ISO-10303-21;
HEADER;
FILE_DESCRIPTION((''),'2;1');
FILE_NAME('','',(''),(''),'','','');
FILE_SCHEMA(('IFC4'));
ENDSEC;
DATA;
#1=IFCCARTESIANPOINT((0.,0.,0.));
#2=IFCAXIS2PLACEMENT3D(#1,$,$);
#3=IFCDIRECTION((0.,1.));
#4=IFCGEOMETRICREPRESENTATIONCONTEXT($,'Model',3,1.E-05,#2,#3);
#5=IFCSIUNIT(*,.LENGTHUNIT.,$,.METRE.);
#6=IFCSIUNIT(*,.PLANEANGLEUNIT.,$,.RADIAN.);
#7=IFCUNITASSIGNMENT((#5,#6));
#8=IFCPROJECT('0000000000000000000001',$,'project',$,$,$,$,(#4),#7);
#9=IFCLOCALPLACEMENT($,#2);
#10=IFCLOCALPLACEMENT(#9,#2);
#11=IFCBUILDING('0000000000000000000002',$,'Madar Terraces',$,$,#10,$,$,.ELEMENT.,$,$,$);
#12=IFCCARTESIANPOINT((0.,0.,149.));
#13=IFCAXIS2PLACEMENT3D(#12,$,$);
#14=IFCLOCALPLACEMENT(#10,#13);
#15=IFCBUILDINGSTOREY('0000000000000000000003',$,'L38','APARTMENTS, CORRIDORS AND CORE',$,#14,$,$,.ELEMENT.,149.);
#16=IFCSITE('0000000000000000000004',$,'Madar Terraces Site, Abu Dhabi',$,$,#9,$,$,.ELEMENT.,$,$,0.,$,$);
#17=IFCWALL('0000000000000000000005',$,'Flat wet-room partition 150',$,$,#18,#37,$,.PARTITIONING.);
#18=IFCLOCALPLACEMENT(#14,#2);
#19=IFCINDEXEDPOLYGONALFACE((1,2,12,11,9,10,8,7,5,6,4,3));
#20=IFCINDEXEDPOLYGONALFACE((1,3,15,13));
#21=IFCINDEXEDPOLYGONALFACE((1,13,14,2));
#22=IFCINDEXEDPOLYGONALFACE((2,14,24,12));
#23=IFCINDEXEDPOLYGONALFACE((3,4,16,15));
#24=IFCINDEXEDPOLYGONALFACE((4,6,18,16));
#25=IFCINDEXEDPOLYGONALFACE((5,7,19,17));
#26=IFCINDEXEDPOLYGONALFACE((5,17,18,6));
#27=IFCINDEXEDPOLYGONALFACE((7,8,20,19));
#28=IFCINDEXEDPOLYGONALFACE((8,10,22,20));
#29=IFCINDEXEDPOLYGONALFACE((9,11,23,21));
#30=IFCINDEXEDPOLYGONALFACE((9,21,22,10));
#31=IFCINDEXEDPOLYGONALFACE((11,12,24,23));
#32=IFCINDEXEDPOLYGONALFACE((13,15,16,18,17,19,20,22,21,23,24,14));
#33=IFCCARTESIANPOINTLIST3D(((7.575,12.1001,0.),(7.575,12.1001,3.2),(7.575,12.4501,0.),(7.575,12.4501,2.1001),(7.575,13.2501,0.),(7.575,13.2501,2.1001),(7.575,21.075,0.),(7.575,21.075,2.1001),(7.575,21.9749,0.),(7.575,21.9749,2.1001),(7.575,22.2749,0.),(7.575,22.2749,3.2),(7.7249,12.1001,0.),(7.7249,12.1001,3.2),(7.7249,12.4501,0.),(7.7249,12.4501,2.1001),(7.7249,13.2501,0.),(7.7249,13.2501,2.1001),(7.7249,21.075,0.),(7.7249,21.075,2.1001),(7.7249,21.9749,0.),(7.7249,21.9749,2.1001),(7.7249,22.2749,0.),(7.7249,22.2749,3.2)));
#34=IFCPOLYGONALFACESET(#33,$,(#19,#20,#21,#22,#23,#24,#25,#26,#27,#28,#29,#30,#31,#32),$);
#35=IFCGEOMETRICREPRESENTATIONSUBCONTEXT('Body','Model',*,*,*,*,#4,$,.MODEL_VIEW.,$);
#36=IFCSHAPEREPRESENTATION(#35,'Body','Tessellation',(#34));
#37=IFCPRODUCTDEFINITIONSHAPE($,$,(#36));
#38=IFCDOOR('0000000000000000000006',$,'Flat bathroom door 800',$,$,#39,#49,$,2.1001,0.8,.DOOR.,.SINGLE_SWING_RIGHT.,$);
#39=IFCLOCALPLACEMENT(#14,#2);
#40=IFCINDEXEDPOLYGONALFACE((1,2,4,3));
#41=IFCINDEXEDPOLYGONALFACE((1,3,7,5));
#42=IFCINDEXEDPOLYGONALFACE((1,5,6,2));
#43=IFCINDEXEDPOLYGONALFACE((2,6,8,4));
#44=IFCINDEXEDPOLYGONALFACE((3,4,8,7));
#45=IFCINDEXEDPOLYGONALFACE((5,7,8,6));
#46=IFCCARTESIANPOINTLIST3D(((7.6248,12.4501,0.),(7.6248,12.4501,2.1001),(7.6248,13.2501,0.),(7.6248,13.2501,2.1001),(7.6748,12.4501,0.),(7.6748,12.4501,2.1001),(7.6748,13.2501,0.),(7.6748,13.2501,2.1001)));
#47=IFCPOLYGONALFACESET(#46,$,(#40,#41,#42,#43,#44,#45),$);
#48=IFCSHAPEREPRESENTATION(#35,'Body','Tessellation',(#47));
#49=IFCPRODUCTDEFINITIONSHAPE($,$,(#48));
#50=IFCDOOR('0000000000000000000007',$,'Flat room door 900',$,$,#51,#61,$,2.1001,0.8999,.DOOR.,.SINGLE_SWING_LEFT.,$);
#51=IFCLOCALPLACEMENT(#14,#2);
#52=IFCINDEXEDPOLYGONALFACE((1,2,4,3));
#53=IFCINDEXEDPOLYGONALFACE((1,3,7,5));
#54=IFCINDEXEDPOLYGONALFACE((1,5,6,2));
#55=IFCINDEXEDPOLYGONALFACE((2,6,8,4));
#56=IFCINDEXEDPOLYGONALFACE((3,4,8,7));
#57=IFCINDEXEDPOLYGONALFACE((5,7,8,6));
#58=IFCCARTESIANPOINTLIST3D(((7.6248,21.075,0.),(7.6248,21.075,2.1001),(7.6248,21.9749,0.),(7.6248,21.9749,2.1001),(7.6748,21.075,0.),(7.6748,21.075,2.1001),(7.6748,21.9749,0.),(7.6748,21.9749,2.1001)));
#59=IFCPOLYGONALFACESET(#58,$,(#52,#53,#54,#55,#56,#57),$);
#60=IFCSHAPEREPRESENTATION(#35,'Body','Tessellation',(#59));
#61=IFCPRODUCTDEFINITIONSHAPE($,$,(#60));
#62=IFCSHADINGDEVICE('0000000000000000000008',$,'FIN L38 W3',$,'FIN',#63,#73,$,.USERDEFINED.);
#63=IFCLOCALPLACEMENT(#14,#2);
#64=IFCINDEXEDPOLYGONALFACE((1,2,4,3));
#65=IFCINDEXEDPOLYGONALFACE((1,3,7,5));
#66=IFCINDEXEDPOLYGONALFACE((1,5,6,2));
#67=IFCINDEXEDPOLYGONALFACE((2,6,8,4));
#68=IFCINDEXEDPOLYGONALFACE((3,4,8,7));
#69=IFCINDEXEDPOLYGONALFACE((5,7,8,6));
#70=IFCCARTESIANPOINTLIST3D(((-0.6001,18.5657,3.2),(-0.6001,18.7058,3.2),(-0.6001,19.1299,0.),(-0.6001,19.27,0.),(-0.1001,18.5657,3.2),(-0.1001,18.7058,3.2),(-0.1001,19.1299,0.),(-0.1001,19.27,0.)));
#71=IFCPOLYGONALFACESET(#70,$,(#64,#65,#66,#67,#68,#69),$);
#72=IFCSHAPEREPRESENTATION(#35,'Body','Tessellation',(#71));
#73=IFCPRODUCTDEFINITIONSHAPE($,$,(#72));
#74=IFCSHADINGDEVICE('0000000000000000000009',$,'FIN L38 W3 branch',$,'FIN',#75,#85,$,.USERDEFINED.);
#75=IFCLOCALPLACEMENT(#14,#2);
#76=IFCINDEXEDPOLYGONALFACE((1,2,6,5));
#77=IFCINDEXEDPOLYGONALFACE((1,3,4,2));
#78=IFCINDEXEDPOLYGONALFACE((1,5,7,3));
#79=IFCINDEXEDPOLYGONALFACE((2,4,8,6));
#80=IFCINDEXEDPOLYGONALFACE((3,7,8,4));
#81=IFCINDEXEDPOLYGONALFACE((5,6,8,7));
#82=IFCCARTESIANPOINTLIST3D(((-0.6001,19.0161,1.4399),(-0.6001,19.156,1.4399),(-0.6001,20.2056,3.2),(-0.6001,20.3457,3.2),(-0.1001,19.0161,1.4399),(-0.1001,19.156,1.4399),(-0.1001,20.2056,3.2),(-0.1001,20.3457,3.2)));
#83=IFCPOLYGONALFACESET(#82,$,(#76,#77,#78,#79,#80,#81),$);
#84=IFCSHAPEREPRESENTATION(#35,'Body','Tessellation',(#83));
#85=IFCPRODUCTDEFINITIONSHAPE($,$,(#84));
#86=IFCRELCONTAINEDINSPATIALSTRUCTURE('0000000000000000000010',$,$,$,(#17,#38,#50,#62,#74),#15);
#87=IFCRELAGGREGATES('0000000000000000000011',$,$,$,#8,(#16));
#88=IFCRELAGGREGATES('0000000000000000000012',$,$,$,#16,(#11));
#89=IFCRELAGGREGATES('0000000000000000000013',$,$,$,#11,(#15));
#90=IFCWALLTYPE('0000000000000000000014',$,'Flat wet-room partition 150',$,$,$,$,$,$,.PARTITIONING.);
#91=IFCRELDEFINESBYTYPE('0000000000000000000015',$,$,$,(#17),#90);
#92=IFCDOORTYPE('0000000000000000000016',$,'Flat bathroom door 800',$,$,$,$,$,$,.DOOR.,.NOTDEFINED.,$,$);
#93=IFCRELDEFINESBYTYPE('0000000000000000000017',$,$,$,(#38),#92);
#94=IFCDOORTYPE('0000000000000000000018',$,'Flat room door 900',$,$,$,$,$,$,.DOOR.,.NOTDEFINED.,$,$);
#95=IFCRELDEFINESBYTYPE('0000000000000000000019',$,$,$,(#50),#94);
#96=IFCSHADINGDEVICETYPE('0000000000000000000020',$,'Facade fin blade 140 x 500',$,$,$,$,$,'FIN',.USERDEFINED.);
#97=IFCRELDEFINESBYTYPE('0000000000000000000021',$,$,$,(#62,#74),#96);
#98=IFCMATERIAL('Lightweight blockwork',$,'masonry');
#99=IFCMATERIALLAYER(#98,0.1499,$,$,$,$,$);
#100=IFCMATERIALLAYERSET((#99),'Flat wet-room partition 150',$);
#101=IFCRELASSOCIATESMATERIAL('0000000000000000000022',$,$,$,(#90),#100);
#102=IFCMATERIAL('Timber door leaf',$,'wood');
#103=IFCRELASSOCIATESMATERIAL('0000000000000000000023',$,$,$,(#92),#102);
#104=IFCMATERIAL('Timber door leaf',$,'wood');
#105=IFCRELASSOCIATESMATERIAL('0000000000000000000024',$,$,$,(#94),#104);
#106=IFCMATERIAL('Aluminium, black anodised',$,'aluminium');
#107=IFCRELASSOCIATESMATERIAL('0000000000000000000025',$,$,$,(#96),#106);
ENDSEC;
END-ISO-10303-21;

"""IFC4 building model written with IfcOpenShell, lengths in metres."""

from ifc_helpers import new_model, si_unit, direction, frame, frame_2d, origin, place, context, subcontext, project, spatial, polyline, rectangle, outline, extrude, material, layer, layer_set, type_object, element, fill, save


model = new_model("IFC4")

# Units and contexts
model_context = context("Model", 3, precision=1e-05, world=origin(), true_north=direction((0.0, 1.0)))
body_context = subcontext(model_context, "Body", "Model", "MODEL_VIEW")
ifc_project = project(units=[si_unit("LENGTHUNIT", "METRE"), si_unit("PLANEANGLEUNIT", "RADIAN")], contexts=[model_context])

# Site, building, storey
site_placement = place(None, origin())
site = spatial("IfcSite", under=ifc_project, at=site_placement, Name="Madar Terraces Site, Abu Dhabi", CompositionType="ELEMENT", RefElevation=0.0)
building_placement = place(site_placement, origin())
building = spatial("IfcBuilding", under=site, at=building_placement, Name="Madar Terraces", CompositionType="ELEMENT")
storey_placement = place(building_placement, frame((0.0, 0.0, 149.0)))
storey = spatial("IfcBuildingStorey", under=building, at=storey_placement, Name="L38", Description="APARTMENTS, CORRIDORS AND CORE", CompositionType="ELEMENT", Elevation=149.0)

# Shared definitions
ifc_material_1 = material(Name="Lightweight blockwork", Category="masonry")
ifc_layer_1 = layer(ifc_material_1, 0.1499)
ifc_layer_set_1 = layer_set([ifc_layer_1], Name="Flat wet-room partition 150")
wall_type_1 = type_object("IfcWallType", Name="Flat wet-room partition 150", PredefinedType="PARTITIONING", material=ifc_layer_set_1)

# Wall, openings, doors
wall_1_placement = place(storey_placement, frame((7.6499, 22.2749, 0.0), z_axis=(0.0, 0.0, 1.0), x_axis=(0.0, -1.0, 0.0)))
wall_1 = element("IfcWall", 1, at=wall_1_placement, inside=storey, type_object=wall_type_1, Name="Flat wet-room partition 150", PredefinedType="PARTITIONING", context=body_context, shape_type="SweptSolid", body=[
    extrude(rectangle(XDim=10.1748, YDim=0.1499, at=frame_2d((5.0874, 0.0))), origin(), (0.0, 0.0, 1.0), 3.2),
])
opening_1_placement = place(wall_1_placement, frame((0.3, 0.0, 0.0)))
opening_1 = element("IfcOpeningElement", 2, at=opening_1_placement, cuts=wall_1, PredefinedType="OPENING", context=body_context, shape_type="SweptSolid", body=[
    extrude(rectangle(XDim=0.8999, YDim=2.1001, at=frame_2d((0.45, 1.05))), frame((0.0, 0.085, 0.0), z_axis=(0.0, -1.0, 0.0), x_axis=(1.0, 0.0, 0.0)), (0.0, 0.0, 1.0), 0.1699),
])
opening_2_placement = place(wall_1_placement, frame((9.0249, 0.0, 0.0)))
opening_2 = element("IfcOpeningElement", 3, at=opening_2_placement, cuts=wall_1, PredefinedType="OPENING", context=body_context, shape_type="SweptSolid", body=[
    extrude(rectangle(XDim=0.8, YDim=2.1001, at=frame_2d((0.3999, 1.05))), frame((0.0, 0.085, 0.0), z_axis=(0.0, -1.0, 0.0), x_axis=(1.0, 0.0, 0.0)), (0.0, 0.0, 1.0), 0.1699),
])
ifc_material_2 = material(Name="Timber door leaf", Category="wood")
door_type_1 = type_object("IfcDoorType", Name="Flat bathroom door 800", OperationType="NOTDEFINED", PredefinedType="DOOR", material=ifc_material_2)
door_1_placement = place(opening_2_placement, origin())
door_1 = element("IfcDoor", 4, at=door_1_placement, inside=storey, type_object=door_type_1, Name="Flat bathroom door 800", OperationType="SINGLE_SWING_RIGHT", OverallHeight=2.1001, OverallWidth=0.8, PredefinedType="DOOR", context=body_context, shape_type="SweptSolid", body=[
    extrude(rectangle(XDim=0.8, YDim=2.1001, at=frame_2d((0.3999, 1.05))), frame((0.0, 0.0249, 0.0), z_axis=(0.0, -1.0, 0.0), x_axis=(1.0, 0.0, 0.0)), (0.0, 0.0, 1.0), 0.05),
])
fill(opening_2, door_1)
ifc_material_3 = material(Name="Timber door leaf", Category="wood")
door_type_2 = type_object("IfcDoorType", Name="Flat room door 900", OperationType="NOTDEFINED", PredefinedType="DOOR", material=ifc_material_3)
door_2_placement = place(opening_1_placement, origin())
door_2 = element("IfcDoor", 5, at=door_2_placement, inside=storey, type_object=door_type_2, Name="Flat room door 900", OperationType="SINGLE_SWING_LEFT", OverallHeight=2.1001, OverallWidth=0.8999, PredefinedType="DOOR", context=body_context, shape_type="SweptSolid", body=[
    extrude(rectangle(XDim=0.8999, YDim=2.1001, at=frame_2d((0.45, 1.05))), frame((0.0, 0.0249, 0.0), z_axis=(0.0, -1.0, 0.0), x_axis=(1.0, 0.0, 0.0)), (0.0, 0.0, 1.0), 0.05),
])
fill(opening_1, door_2)

# Shading devices
ifc_material_4 = material(Name="Aluminium, black anodised", Category="aluminium")
shading_device_type = type_object("IfcShadingDeviceType", Name="Facade fin blade 140 x 500", ElementType="FIN", PredefinedType="USERDEFINED", material=ifc_material_4)
shading_device_1_placement = place(storey_placement, frame((-0.3501, 19.27, 0.0), z_axis=(0.0, 0.0, 1.0), x_axis=(0.0, -1.0, 0.0)))
element("IfcShadingDevice", 6, at=shading_device_1_placement, inside=storey, type_object=shading_device_type, Name="FIN L38 W3", ObjectType="FIN", PredefinedType="USERDEFINED", context=body_context, shape_type="SweptSolid", body=[
    extrude(outline(polyline([(0.0, 0.0), (0.1401, 0.0), (0.7043, 3.2), (0.5642, 3.2), (0.0, 0.0)])), frame((0.0, 0.25, 0.0), z_axis=(0.0, -1.0, 0.0), x_axis=(1.0, 0.0, 0.0)), (0.0, 0.0, 1.0), 0.5),
])
shading_device_2_placement = place(storey_placement, frame((-0.3501, 19.156, 1.4399), z_axis=(0.0, 0.0, 1.0), x_axis=(0.0, -1.0, 0.0)))
element("IfcShadingDevice", 7, at=shading_device_2_placement, inside=storey, type_object=shading_device_type, Name="FIN L38 W3 branch", ObjectType="FIN", PredefinedType="USERDEFINED", context=body_context, shape_type="SweptSolid", body=[
    extrude(outline(polyline([(0.0, 0.0), (0.1399, 0.0), (-1.0496, 1.76), (-1.1897, 1.76), (0.0, 0.0)])), frame((0.0, 0.25, 0.0), z_axis=(0.0, -1.0, 0.0), x_axis=(1.0, 0.0, 0.0)), (0.0, 0.0, 1.0), 0.5),
])

save(model, "model.ifc")
